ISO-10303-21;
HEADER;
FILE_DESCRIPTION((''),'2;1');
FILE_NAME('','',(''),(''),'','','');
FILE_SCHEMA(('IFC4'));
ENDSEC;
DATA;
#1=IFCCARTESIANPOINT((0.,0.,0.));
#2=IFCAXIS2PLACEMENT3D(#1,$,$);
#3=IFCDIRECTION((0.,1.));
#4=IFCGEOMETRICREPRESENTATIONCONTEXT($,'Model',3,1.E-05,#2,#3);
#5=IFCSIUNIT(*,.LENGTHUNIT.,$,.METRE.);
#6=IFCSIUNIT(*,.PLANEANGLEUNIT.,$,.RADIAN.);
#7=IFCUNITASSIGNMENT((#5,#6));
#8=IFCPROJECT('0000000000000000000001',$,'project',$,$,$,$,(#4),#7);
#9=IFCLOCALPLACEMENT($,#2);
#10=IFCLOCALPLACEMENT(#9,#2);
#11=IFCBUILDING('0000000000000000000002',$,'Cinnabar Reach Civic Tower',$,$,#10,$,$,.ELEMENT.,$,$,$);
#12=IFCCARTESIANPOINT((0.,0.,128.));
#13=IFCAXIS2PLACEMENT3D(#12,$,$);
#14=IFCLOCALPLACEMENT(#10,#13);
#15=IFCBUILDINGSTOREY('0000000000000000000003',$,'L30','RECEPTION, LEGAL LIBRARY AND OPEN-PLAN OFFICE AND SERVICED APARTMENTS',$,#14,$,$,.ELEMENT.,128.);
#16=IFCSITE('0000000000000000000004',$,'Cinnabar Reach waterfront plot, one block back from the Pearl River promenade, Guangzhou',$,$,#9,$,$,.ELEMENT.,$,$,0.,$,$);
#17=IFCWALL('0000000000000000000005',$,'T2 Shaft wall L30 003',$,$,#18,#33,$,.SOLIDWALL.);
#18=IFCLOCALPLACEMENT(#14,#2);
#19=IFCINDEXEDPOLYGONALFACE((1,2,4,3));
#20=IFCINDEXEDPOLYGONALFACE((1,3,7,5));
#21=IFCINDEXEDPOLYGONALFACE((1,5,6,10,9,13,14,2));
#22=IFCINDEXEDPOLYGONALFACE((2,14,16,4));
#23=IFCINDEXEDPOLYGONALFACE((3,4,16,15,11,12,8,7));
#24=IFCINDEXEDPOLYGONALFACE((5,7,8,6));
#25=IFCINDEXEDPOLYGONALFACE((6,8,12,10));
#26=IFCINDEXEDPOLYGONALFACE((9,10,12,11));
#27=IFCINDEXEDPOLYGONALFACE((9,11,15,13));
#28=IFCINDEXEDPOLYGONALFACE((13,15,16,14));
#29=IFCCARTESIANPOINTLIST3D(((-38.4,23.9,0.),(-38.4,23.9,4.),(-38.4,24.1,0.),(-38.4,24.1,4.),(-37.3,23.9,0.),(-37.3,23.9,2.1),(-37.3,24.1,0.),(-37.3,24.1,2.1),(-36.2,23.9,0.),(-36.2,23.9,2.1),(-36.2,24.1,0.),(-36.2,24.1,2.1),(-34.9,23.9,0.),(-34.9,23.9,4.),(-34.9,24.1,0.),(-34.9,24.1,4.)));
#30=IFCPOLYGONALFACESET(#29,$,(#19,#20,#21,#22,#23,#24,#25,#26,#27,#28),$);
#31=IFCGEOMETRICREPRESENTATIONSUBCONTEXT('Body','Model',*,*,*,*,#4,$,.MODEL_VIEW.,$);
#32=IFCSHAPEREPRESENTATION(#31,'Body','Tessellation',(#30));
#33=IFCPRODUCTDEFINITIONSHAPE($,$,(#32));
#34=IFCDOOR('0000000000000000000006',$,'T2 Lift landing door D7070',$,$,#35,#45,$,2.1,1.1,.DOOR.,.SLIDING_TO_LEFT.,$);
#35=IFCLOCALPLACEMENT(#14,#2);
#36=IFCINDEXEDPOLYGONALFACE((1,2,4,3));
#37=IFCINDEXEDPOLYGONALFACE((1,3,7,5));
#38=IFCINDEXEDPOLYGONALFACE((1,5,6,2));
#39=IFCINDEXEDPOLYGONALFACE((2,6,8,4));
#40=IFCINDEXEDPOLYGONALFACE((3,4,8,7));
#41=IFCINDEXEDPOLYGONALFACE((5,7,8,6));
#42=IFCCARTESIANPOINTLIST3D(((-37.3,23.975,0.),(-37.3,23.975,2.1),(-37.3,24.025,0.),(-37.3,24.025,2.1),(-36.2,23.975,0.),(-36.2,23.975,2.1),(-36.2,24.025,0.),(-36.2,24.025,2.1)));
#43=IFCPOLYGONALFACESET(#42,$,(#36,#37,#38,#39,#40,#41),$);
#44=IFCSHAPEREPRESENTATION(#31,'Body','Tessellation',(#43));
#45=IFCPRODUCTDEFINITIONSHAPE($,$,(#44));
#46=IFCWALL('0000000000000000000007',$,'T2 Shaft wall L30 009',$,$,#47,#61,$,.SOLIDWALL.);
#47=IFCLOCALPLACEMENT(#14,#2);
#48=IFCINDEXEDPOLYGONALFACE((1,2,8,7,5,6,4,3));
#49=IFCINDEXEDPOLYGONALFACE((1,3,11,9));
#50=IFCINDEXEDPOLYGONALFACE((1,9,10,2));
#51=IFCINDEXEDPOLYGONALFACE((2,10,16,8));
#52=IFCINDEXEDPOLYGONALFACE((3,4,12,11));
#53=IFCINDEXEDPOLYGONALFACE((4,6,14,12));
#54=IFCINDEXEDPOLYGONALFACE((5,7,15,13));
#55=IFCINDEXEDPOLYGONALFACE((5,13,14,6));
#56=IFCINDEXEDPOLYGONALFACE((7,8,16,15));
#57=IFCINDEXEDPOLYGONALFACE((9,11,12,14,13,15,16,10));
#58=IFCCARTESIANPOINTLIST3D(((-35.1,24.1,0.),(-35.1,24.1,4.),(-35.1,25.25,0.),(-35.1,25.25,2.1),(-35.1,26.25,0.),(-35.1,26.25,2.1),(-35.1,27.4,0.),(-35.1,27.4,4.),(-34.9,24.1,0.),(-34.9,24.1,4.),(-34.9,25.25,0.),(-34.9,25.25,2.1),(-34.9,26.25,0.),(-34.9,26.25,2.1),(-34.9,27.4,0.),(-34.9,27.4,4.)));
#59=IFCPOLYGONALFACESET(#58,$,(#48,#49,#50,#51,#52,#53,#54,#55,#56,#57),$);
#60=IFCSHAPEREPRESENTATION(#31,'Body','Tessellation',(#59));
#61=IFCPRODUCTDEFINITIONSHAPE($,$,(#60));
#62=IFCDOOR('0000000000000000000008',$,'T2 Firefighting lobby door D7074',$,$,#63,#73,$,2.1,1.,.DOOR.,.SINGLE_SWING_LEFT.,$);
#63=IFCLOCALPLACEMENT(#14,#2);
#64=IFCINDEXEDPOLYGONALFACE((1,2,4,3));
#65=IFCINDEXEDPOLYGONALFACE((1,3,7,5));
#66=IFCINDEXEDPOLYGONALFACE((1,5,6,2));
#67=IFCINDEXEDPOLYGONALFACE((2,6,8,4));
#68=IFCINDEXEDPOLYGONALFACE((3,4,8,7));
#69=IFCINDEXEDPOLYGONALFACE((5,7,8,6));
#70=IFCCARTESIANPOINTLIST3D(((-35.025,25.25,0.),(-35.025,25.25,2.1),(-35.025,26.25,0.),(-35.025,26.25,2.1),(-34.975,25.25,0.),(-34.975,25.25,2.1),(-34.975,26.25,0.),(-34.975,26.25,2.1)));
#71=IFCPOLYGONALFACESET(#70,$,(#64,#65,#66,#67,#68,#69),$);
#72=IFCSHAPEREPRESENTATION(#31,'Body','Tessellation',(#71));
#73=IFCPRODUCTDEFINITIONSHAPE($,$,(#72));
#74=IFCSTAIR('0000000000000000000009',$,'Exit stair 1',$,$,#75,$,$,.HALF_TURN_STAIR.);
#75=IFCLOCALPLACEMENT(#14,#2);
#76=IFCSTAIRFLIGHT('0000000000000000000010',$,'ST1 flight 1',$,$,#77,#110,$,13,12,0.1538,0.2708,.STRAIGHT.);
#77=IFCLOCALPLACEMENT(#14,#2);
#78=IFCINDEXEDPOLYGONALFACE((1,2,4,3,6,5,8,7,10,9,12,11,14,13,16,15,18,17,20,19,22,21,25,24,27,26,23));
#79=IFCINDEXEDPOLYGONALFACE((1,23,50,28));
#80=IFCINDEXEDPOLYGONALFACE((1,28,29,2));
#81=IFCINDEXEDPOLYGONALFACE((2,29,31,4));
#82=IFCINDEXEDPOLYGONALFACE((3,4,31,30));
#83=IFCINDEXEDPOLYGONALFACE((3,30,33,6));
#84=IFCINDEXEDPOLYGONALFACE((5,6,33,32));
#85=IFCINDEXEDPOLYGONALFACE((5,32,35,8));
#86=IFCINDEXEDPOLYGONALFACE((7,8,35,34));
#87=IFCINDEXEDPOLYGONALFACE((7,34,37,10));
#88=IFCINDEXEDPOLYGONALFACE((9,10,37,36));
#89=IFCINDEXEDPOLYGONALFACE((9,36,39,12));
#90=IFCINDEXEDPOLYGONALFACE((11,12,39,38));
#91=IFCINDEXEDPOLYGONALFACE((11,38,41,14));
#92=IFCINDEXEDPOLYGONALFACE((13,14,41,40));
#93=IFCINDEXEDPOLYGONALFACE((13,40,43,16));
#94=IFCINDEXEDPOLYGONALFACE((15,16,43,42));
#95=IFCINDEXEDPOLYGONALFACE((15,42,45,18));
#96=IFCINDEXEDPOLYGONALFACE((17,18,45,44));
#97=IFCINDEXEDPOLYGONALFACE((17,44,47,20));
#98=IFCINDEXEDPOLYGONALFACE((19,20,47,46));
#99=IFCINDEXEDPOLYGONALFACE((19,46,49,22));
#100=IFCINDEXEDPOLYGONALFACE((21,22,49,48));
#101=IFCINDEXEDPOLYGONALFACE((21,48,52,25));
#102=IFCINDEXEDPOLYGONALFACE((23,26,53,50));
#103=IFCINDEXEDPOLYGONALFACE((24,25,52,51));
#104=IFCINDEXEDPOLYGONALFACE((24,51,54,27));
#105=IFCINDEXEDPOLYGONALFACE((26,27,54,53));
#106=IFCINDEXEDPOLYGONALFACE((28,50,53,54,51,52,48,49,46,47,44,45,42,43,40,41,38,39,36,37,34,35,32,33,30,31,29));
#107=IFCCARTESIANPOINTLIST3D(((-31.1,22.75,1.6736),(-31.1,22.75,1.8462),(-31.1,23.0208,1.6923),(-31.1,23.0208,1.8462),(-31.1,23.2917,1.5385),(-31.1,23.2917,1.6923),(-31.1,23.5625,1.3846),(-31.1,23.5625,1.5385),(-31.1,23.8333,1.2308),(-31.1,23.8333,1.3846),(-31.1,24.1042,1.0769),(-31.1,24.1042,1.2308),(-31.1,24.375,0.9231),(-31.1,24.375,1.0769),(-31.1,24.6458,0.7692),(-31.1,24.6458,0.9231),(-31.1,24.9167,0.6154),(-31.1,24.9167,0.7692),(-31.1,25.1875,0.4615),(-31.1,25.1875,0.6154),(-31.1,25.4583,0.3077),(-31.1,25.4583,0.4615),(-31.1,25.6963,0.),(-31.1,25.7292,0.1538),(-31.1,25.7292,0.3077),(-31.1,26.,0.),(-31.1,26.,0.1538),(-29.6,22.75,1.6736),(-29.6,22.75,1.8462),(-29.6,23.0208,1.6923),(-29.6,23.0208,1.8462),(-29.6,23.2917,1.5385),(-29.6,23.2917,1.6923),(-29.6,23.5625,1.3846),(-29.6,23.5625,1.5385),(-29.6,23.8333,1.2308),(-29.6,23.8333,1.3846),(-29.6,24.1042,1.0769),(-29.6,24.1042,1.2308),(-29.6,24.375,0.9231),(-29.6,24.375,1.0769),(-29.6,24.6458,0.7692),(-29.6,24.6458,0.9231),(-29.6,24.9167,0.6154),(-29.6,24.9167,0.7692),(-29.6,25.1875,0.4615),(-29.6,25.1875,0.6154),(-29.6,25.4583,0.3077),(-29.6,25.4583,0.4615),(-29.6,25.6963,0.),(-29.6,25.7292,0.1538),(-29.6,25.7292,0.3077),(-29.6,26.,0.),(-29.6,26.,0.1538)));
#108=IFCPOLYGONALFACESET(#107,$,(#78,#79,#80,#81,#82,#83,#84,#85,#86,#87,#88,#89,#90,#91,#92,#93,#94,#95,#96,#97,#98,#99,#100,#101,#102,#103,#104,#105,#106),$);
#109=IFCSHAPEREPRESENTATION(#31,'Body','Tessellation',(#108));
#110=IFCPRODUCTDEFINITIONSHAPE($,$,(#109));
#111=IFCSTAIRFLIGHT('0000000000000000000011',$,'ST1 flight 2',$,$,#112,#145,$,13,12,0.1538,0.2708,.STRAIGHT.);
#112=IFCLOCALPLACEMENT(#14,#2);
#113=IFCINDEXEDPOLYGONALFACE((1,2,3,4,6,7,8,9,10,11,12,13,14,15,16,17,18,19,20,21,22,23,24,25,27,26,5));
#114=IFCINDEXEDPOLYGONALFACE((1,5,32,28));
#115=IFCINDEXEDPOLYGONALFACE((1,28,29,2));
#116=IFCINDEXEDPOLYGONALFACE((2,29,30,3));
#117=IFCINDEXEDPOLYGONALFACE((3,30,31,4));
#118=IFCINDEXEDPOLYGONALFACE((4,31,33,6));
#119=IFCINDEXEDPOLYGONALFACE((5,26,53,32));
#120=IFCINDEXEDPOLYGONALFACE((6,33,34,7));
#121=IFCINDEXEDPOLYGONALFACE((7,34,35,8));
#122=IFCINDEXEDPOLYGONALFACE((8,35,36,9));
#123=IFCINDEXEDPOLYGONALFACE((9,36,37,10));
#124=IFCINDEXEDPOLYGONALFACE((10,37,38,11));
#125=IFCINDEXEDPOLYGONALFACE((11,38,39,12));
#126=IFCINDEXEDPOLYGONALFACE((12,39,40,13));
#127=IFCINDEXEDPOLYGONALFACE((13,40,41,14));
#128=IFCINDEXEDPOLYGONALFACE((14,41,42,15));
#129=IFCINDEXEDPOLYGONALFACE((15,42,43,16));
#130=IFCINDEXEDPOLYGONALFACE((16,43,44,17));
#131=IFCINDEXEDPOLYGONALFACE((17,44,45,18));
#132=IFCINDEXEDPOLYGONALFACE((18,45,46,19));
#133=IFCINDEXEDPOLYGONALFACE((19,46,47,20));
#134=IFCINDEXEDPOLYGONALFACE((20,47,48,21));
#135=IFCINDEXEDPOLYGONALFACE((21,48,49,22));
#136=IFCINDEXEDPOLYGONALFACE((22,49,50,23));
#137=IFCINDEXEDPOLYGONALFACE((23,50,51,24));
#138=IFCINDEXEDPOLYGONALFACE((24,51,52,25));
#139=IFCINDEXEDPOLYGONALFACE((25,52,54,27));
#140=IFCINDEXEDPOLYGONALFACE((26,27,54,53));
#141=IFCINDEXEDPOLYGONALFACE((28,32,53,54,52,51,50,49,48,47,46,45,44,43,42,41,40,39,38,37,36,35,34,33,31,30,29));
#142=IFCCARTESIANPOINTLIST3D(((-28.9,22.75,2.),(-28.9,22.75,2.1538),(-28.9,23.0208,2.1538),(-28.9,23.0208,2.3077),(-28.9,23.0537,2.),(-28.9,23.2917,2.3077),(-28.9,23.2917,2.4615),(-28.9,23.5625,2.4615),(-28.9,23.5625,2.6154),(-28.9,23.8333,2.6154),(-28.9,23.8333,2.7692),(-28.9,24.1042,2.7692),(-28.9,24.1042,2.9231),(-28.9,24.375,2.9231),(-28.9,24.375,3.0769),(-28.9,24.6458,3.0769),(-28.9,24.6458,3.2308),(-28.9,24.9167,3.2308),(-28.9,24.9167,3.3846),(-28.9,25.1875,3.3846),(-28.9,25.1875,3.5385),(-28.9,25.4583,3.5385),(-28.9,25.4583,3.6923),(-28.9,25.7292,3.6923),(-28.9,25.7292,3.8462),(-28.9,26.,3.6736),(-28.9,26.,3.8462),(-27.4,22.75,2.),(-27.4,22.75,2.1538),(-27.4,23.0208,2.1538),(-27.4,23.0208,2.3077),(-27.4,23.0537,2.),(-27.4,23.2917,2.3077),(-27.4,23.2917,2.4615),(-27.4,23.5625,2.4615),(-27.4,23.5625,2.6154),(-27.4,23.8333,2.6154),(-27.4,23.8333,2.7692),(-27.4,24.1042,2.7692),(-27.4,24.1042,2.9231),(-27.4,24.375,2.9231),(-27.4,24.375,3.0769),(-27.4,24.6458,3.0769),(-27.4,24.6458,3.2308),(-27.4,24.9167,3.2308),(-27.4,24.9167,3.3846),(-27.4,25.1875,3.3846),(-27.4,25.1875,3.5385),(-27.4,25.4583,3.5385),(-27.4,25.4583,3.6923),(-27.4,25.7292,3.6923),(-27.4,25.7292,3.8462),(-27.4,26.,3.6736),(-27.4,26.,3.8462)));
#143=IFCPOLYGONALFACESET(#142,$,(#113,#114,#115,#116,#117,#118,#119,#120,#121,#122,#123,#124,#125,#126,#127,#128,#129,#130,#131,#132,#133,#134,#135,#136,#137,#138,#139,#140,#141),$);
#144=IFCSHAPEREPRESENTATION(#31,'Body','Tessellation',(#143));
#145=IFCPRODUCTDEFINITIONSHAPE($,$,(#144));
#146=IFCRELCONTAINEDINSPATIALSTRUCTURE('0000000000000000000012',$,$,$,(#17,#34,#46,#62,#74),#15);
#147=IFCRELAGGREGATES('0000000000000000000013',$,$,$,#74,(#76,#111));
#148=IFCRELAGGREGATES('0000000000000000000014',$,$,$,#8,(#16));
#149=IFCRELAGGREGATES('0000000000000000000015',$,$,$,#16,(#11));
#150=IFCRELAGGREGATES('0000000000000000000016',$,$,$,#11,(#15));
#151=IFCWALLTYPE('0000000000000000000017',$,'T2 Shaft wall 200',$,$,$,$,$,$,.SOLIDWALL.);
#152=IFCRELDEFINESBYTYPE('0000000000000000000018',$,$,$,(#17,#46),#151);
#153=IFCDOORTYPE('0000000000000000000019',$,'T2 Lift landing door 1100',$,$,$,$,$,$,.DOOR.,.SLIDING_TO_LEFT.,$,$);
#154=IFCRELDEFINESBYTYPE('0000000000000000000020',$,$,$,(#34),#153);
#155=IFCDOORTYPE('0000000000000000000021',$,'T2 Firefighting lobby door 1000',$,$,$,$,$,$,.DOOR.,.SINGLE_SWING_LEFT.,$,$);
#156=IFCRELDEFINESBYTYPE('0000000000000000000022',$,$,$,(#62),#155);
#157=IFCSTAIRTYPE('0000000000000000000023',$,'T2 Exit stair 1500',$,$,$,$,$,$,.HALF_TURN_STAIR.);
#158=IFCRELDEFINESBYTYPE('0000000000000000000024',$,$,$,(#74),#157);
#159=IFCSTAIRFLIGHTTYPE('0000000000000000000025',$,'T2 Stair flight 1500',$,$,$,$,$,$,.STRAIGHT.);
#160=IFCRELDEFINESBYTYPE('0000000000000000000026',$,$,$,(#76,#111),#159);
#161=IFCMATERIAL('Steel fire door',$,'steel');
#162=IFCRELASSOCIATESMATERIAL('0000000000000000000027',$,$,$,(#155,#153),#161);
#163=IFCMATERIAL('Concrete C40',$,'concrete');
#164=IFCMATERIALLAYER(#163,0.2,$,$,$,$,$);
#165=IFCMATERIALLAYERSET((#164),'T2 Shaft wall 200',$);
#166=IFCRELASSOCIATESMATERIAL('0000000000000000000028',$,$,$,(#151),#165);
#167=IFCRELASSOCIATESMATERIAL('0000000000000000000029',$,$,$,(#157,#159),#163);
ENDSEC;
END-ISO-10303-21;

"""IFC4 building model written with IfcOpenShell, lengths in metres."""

from ifc_helpers import new_model, si_unit, direction, frame, frame_2d, origin, place, context, subcontext, project, spatial, polyline, rectangle, outline, extrude, material, layer, layer_set, type_object, element, fill, aggregate, save


model = new_model("IFC4")

# Units and contexts
model_context = context("Model", 3, precision=1e-05, world=origin(), true_north=direction((0.0, 1.0)))
body_context = subcontext(model_context, "Body", "Model", "MODEL_VIEW")
ifc_project = project(units=[si_unit("LENGTHUNIT", "METRE"), si_unit("PLANEANGLEUNIT", "RADIAN")], contexts=[model_context])

# Site, building, storey
site_placement = place(None, origin())
site = spatial("IfcSite", under=ifc_project, at=site_placement, Name="Cinnabar Reach waterfront plot, one block back from the Pearl River promenade, Guangzhou", CompositionType="ELEMENT", RefElevation=0.0)
building_placement = place(site_placement, origin())
building = spatial("IfcBuilding", under=site, at=building_placement, Name="Cinnabar Reach Civic Tower", CompositionType="ELEMENT")
storey_placement = place(building_placement, frame((0.0, 0.0, 128.0)))
storey = spatial("IfcBuildingStorey", under=building, at=storey_placement, Name="L30", Description="RECEPTION, LEGAL LIBRARY AND OPEN-PLAN OFFICE AND SERVICED APARTMENTS", CompositionType="ELEMENT", Elevation=128.0)

# Shared definitions
ifc_material_1 = material(Name="Concrete C40", Category="concrete")

# Shared definitions
ifc_material_2 = material(Name="Steel fire door", Category="steel")
door_type_1 = type_object("IfcDoorType", Name="T2 Firefighting lobby door 1000", OperationType="SINGLE_SWING_LEFT", PredefinedType="DOOR", material=ifc_material_2)

# Walls, openings, doors
ifc_layer_1 = layer(ifc_material_1, 0.2)
ifc_layer_set_1 = layer_set([ifc_layer_1], Name="T2 Shaft wall 200")
wall_type_1 = type_object("IfcWallType", Name="T2 Shaft wall 200", PredefinedType="SOLIDWALL", material=ifc_layer_set_1)
wall_1_placement = place(storey_placement, frame((-34.9, 24.0, 0.0), z_axis=(0.0, 0.0, 1.0), x_axis=(-1.0, 0.0, 0.0)))
wall_1 = element("IfcWall", 1, at=wall_1_placement, inside=storey, type_object=wall_type_1, Name="T2 Shaft wall L30 003", PredefinedType="SOLIDWALL", context=body_context, shape_type="SweptSolid", body=[
    extrude(rectangle(XDim=3.5, YDim=0.2, at=frame_2d((1.75, 0.0))), origin(), (0.0, 0.0, 1.0), 4.0),
])
opening_1_placement = place(wall_1_placement, frame((1.3, 0.0, 0.0)))
opening_1 = element("IfcOpeningElement", 2, at=opening_1_placement, cuts=wall_1, PredefinedType="OPENING", context=body_context, shape_type="SweptSolid", body=[
    extrude(rectangle(XDim=1.1, YDim=2.1, at=frame_2d((0.55, 1.05))), frame((0.0, 0.11, 0.0), z_axis=(0.0, -1.0, 0.0), x_axis=(1.0, 0.0, 0.0)), (0.0, 0.0, 1.0), 0.22),
])
door_type_2 = type_object("IfcDoorType", Name="T2 Lift landing door 1100", OperationType="SLIDING_TO_LEFT", PredefinedType="DOOR", material=ifc_material_2)
door_1_placement = place(opening_1_placement, origin())
door_1 = element("IfcDoor", 3, at=door_1_placement, inside=storey, type_object=door_type_2, Name="T2 Lift landing door D7070", OperationType="SLIDING_TO_LEFT", OverallHeight=2.1, OverallWidth=1.1, PredefinedType="DOOR", context=body_context, shape_type="SweptSolid", body=[
    extrude(rectangle(XDim=1.1, YDim=2.1, at=frame_2d((0.55, 1.05))), frame((0.0, 0.025, 0.0), z_axis=(0.0, -1.0, 0.0), x_axis=(1.0, 0.0, 0.0)), (0.0, 0.0, 1.0), 0.05),
])
fill(opening_1, door_1)
wall_2_placement = place(storey_placement, frame((-35.0, 24.1, 0.0), z_axis=(0.0, 0.0, 1.0), x_axis=(0.0, 1.0, 0.0)))
wall_2 = element("IfcWall", 4, at=wall_2_placement, inside=storey, type_object=wall_type_1, Name="T2 Shaft wall L30 009", PredefinedType="SOLIDWALL", context=body_context, shape_type="SweptSolid", body=[
    extrude(rectangle(XDim=3.3, YDim=0.2, at=frame_2d((1.65, 0.0))), origin(), (0.0, 0.0, 1.0), 4.0),
])
opening_2_placement = place(wall_2_placement, frame((1.15, 0.0, 0.0)))
opening_2 = element("IfcOpeningElement", 5, at=opening_2_placement, cuts=wall_2, PredefinedType="OPENING", context=body_context, shape_type="SweptSolid", body=[
    extrude(rectangle(XDim=1.0, YDim=2.1, at=frame_2d((0.5, 1.05))), frame((0.0, 0.11, 0.0), z_axis=(0.0, -1.0, 0.0), x_axis=(1.0, 0.0, 0.0)), (0.0, 0.0, 1.0), 0.22),
])
door_2_placement = place(opening_2_placement, origin())
door_2 = element("IfcDoor", 6, at=door_2_placement, inside=storey, type_object=door_type_1, Name="T2 Firefighting lobby door D7074", OperationType="SINGLE_SWING_LEFT", OverallHeight=2.1, OverallWidth=1.0, PredefinedType="DOOR", context=body_context, shape_type="SweptSolid", body=[
    extrude(rectangle(XDim=1.0, YDim=2.1, at=frame_2d((0.5, 1.05))), frame((0.0, 0.025, 0.0), z_axis=(0.0, -1.0, 0.0), x_axis=(1.0, 0.0, 0.0)), (0.0, 0.0, 1.0), 0.05),
])
fill(opening_2, door_2)

# Stair, stair flights
stair_type = type_object("IfcStairType", Name="T2 Exit stair 1500", PredefinedType="HALF_TURN_STAIR", material=ifc_material_1)
stair_placement = place(storey_placement, origin())
stair = element("IfcStair", 7, at=stair_placement, inside=storey, type_object=stair_type, Name="Exit stair 1", PredefinedType="HALF_TURN_STAIR")
stair_flight_type = type_object("IfcStairFlightType", Name="T2 Stair flight 1500", PredefinedType="STRAIGHT", material=ifc_material_1)
stair_flight_1_placement = place(storey_placement, frame((-30.35, 26.0, 0.0), z_axis=(0.0, 0.0, 1.0), x_axis=(0.0, -1.0, 0.0)))
stair_flight_1 = element("IfcStairFlight", 8, at=stair_flight_1_placement, type_object=stair_flight_type, Name="ST1 flight 1", NumberOfRisers=13, NumberOfTreads=12, PredefinedType="STRAIGHT", RiserHeight=0.1538, TreadLength=0.2708, context=body_context, shape_type="SweptSolid", body=[
    extrude(outline(polyline([(0.0, 0.0), (0.0, 0.1538), (0.2708, 0.1538), (0.2708, 0.3077), (0.5417, 0.3077), (0.5417, 0.4615), (0.8125, 0.4615), (0.8125, 0.6154), (1.0833, 0.6154), (1.0833, 0.7692), (1.3542, 0.7692), (1.3542, 0.9231), (1.625, 0.9231), (1.625, 1.0769), (1.8958, 1.0769), (1.8958, 1.2308), (2.1667, 1.2308), (2.1667, 1.3846), (2.4375, 1.3846), (2.4375, 1.5385), (2.7083, 1.5385), (2.7083, 1.6923), (2.9792, 1.6923), (2.9792, 1.8462), (3.25, 1.8462), (3.25, 2.0), (3.25, 1.6736), (0.3037, 0.0), (0.0, 0.0)])), frame((0.0, 0.75, 0.0), z_axis=(0.0, -1.0, 0.0), x_axis=(1.0, 0.0, 0.0)), (0.0, 0.0, 1.0), 1.5),
])
stair_flight_2_placement = place(storey_placement, frame((-28.15, 22.75, 2.0), z_axis=(0.0, 0.0, 1.0), x_axis=(0.0, 1.0, 0.0)))
stair_flight_2 = element("IfcStairFlight", 9, at=stair_flight_2_placement, type_object=stair_flight_type, Name="ST1 flight 2", NumberOfRisers=13, NumberOfTreads=12, PredefinedType="STRAIGHT", RiserHeight=0.1538, TreadLength=0.2708, context=body_context, shape_type="SweptSolid", body=[
    extrude(outline(polyline([(0.0, 0.0), (0.0, 0.1538), (0.2708, 0.1538), (0.2708, 0.3077), (0.5417, 0.3077), (0.5417, 0.4615), (0.8125, 0.4615), (0.8125, 0.6154), (1.0833, 0.6154), (1.0833, 0.7692), (1.3542, 0.7692), (1.3542, 0.9231), (1.625, 0.9231), (1.625, 1.0769), (1.8958, 1.0769), (1.8958, 1.2308), (2.1667, 1.2308), (2.1667, 1.3846), (2.4375, 1.3846), (2.4375, 1.5385), (2.7083, 1.5385), (2.7083, 1.6923), (2.9792, 1.6923), (2.9792, 1.8462), (3.25, 1.8462), (3.25, 2.0), (3.25, 1.6736), (0.3037, 0.0), (0.0, 0.0)])), frame((0.0, 0.75, 0.0), z_axis=(0.0, -1.0, 0.0), x_axis=(1.0, 0.0, 0.0)), (0.0, 0.0, 1.0), 1.5),
])
aggregate(stair, [stair_flight_1, stair_flight_2])

save(model, "model.ifc")
